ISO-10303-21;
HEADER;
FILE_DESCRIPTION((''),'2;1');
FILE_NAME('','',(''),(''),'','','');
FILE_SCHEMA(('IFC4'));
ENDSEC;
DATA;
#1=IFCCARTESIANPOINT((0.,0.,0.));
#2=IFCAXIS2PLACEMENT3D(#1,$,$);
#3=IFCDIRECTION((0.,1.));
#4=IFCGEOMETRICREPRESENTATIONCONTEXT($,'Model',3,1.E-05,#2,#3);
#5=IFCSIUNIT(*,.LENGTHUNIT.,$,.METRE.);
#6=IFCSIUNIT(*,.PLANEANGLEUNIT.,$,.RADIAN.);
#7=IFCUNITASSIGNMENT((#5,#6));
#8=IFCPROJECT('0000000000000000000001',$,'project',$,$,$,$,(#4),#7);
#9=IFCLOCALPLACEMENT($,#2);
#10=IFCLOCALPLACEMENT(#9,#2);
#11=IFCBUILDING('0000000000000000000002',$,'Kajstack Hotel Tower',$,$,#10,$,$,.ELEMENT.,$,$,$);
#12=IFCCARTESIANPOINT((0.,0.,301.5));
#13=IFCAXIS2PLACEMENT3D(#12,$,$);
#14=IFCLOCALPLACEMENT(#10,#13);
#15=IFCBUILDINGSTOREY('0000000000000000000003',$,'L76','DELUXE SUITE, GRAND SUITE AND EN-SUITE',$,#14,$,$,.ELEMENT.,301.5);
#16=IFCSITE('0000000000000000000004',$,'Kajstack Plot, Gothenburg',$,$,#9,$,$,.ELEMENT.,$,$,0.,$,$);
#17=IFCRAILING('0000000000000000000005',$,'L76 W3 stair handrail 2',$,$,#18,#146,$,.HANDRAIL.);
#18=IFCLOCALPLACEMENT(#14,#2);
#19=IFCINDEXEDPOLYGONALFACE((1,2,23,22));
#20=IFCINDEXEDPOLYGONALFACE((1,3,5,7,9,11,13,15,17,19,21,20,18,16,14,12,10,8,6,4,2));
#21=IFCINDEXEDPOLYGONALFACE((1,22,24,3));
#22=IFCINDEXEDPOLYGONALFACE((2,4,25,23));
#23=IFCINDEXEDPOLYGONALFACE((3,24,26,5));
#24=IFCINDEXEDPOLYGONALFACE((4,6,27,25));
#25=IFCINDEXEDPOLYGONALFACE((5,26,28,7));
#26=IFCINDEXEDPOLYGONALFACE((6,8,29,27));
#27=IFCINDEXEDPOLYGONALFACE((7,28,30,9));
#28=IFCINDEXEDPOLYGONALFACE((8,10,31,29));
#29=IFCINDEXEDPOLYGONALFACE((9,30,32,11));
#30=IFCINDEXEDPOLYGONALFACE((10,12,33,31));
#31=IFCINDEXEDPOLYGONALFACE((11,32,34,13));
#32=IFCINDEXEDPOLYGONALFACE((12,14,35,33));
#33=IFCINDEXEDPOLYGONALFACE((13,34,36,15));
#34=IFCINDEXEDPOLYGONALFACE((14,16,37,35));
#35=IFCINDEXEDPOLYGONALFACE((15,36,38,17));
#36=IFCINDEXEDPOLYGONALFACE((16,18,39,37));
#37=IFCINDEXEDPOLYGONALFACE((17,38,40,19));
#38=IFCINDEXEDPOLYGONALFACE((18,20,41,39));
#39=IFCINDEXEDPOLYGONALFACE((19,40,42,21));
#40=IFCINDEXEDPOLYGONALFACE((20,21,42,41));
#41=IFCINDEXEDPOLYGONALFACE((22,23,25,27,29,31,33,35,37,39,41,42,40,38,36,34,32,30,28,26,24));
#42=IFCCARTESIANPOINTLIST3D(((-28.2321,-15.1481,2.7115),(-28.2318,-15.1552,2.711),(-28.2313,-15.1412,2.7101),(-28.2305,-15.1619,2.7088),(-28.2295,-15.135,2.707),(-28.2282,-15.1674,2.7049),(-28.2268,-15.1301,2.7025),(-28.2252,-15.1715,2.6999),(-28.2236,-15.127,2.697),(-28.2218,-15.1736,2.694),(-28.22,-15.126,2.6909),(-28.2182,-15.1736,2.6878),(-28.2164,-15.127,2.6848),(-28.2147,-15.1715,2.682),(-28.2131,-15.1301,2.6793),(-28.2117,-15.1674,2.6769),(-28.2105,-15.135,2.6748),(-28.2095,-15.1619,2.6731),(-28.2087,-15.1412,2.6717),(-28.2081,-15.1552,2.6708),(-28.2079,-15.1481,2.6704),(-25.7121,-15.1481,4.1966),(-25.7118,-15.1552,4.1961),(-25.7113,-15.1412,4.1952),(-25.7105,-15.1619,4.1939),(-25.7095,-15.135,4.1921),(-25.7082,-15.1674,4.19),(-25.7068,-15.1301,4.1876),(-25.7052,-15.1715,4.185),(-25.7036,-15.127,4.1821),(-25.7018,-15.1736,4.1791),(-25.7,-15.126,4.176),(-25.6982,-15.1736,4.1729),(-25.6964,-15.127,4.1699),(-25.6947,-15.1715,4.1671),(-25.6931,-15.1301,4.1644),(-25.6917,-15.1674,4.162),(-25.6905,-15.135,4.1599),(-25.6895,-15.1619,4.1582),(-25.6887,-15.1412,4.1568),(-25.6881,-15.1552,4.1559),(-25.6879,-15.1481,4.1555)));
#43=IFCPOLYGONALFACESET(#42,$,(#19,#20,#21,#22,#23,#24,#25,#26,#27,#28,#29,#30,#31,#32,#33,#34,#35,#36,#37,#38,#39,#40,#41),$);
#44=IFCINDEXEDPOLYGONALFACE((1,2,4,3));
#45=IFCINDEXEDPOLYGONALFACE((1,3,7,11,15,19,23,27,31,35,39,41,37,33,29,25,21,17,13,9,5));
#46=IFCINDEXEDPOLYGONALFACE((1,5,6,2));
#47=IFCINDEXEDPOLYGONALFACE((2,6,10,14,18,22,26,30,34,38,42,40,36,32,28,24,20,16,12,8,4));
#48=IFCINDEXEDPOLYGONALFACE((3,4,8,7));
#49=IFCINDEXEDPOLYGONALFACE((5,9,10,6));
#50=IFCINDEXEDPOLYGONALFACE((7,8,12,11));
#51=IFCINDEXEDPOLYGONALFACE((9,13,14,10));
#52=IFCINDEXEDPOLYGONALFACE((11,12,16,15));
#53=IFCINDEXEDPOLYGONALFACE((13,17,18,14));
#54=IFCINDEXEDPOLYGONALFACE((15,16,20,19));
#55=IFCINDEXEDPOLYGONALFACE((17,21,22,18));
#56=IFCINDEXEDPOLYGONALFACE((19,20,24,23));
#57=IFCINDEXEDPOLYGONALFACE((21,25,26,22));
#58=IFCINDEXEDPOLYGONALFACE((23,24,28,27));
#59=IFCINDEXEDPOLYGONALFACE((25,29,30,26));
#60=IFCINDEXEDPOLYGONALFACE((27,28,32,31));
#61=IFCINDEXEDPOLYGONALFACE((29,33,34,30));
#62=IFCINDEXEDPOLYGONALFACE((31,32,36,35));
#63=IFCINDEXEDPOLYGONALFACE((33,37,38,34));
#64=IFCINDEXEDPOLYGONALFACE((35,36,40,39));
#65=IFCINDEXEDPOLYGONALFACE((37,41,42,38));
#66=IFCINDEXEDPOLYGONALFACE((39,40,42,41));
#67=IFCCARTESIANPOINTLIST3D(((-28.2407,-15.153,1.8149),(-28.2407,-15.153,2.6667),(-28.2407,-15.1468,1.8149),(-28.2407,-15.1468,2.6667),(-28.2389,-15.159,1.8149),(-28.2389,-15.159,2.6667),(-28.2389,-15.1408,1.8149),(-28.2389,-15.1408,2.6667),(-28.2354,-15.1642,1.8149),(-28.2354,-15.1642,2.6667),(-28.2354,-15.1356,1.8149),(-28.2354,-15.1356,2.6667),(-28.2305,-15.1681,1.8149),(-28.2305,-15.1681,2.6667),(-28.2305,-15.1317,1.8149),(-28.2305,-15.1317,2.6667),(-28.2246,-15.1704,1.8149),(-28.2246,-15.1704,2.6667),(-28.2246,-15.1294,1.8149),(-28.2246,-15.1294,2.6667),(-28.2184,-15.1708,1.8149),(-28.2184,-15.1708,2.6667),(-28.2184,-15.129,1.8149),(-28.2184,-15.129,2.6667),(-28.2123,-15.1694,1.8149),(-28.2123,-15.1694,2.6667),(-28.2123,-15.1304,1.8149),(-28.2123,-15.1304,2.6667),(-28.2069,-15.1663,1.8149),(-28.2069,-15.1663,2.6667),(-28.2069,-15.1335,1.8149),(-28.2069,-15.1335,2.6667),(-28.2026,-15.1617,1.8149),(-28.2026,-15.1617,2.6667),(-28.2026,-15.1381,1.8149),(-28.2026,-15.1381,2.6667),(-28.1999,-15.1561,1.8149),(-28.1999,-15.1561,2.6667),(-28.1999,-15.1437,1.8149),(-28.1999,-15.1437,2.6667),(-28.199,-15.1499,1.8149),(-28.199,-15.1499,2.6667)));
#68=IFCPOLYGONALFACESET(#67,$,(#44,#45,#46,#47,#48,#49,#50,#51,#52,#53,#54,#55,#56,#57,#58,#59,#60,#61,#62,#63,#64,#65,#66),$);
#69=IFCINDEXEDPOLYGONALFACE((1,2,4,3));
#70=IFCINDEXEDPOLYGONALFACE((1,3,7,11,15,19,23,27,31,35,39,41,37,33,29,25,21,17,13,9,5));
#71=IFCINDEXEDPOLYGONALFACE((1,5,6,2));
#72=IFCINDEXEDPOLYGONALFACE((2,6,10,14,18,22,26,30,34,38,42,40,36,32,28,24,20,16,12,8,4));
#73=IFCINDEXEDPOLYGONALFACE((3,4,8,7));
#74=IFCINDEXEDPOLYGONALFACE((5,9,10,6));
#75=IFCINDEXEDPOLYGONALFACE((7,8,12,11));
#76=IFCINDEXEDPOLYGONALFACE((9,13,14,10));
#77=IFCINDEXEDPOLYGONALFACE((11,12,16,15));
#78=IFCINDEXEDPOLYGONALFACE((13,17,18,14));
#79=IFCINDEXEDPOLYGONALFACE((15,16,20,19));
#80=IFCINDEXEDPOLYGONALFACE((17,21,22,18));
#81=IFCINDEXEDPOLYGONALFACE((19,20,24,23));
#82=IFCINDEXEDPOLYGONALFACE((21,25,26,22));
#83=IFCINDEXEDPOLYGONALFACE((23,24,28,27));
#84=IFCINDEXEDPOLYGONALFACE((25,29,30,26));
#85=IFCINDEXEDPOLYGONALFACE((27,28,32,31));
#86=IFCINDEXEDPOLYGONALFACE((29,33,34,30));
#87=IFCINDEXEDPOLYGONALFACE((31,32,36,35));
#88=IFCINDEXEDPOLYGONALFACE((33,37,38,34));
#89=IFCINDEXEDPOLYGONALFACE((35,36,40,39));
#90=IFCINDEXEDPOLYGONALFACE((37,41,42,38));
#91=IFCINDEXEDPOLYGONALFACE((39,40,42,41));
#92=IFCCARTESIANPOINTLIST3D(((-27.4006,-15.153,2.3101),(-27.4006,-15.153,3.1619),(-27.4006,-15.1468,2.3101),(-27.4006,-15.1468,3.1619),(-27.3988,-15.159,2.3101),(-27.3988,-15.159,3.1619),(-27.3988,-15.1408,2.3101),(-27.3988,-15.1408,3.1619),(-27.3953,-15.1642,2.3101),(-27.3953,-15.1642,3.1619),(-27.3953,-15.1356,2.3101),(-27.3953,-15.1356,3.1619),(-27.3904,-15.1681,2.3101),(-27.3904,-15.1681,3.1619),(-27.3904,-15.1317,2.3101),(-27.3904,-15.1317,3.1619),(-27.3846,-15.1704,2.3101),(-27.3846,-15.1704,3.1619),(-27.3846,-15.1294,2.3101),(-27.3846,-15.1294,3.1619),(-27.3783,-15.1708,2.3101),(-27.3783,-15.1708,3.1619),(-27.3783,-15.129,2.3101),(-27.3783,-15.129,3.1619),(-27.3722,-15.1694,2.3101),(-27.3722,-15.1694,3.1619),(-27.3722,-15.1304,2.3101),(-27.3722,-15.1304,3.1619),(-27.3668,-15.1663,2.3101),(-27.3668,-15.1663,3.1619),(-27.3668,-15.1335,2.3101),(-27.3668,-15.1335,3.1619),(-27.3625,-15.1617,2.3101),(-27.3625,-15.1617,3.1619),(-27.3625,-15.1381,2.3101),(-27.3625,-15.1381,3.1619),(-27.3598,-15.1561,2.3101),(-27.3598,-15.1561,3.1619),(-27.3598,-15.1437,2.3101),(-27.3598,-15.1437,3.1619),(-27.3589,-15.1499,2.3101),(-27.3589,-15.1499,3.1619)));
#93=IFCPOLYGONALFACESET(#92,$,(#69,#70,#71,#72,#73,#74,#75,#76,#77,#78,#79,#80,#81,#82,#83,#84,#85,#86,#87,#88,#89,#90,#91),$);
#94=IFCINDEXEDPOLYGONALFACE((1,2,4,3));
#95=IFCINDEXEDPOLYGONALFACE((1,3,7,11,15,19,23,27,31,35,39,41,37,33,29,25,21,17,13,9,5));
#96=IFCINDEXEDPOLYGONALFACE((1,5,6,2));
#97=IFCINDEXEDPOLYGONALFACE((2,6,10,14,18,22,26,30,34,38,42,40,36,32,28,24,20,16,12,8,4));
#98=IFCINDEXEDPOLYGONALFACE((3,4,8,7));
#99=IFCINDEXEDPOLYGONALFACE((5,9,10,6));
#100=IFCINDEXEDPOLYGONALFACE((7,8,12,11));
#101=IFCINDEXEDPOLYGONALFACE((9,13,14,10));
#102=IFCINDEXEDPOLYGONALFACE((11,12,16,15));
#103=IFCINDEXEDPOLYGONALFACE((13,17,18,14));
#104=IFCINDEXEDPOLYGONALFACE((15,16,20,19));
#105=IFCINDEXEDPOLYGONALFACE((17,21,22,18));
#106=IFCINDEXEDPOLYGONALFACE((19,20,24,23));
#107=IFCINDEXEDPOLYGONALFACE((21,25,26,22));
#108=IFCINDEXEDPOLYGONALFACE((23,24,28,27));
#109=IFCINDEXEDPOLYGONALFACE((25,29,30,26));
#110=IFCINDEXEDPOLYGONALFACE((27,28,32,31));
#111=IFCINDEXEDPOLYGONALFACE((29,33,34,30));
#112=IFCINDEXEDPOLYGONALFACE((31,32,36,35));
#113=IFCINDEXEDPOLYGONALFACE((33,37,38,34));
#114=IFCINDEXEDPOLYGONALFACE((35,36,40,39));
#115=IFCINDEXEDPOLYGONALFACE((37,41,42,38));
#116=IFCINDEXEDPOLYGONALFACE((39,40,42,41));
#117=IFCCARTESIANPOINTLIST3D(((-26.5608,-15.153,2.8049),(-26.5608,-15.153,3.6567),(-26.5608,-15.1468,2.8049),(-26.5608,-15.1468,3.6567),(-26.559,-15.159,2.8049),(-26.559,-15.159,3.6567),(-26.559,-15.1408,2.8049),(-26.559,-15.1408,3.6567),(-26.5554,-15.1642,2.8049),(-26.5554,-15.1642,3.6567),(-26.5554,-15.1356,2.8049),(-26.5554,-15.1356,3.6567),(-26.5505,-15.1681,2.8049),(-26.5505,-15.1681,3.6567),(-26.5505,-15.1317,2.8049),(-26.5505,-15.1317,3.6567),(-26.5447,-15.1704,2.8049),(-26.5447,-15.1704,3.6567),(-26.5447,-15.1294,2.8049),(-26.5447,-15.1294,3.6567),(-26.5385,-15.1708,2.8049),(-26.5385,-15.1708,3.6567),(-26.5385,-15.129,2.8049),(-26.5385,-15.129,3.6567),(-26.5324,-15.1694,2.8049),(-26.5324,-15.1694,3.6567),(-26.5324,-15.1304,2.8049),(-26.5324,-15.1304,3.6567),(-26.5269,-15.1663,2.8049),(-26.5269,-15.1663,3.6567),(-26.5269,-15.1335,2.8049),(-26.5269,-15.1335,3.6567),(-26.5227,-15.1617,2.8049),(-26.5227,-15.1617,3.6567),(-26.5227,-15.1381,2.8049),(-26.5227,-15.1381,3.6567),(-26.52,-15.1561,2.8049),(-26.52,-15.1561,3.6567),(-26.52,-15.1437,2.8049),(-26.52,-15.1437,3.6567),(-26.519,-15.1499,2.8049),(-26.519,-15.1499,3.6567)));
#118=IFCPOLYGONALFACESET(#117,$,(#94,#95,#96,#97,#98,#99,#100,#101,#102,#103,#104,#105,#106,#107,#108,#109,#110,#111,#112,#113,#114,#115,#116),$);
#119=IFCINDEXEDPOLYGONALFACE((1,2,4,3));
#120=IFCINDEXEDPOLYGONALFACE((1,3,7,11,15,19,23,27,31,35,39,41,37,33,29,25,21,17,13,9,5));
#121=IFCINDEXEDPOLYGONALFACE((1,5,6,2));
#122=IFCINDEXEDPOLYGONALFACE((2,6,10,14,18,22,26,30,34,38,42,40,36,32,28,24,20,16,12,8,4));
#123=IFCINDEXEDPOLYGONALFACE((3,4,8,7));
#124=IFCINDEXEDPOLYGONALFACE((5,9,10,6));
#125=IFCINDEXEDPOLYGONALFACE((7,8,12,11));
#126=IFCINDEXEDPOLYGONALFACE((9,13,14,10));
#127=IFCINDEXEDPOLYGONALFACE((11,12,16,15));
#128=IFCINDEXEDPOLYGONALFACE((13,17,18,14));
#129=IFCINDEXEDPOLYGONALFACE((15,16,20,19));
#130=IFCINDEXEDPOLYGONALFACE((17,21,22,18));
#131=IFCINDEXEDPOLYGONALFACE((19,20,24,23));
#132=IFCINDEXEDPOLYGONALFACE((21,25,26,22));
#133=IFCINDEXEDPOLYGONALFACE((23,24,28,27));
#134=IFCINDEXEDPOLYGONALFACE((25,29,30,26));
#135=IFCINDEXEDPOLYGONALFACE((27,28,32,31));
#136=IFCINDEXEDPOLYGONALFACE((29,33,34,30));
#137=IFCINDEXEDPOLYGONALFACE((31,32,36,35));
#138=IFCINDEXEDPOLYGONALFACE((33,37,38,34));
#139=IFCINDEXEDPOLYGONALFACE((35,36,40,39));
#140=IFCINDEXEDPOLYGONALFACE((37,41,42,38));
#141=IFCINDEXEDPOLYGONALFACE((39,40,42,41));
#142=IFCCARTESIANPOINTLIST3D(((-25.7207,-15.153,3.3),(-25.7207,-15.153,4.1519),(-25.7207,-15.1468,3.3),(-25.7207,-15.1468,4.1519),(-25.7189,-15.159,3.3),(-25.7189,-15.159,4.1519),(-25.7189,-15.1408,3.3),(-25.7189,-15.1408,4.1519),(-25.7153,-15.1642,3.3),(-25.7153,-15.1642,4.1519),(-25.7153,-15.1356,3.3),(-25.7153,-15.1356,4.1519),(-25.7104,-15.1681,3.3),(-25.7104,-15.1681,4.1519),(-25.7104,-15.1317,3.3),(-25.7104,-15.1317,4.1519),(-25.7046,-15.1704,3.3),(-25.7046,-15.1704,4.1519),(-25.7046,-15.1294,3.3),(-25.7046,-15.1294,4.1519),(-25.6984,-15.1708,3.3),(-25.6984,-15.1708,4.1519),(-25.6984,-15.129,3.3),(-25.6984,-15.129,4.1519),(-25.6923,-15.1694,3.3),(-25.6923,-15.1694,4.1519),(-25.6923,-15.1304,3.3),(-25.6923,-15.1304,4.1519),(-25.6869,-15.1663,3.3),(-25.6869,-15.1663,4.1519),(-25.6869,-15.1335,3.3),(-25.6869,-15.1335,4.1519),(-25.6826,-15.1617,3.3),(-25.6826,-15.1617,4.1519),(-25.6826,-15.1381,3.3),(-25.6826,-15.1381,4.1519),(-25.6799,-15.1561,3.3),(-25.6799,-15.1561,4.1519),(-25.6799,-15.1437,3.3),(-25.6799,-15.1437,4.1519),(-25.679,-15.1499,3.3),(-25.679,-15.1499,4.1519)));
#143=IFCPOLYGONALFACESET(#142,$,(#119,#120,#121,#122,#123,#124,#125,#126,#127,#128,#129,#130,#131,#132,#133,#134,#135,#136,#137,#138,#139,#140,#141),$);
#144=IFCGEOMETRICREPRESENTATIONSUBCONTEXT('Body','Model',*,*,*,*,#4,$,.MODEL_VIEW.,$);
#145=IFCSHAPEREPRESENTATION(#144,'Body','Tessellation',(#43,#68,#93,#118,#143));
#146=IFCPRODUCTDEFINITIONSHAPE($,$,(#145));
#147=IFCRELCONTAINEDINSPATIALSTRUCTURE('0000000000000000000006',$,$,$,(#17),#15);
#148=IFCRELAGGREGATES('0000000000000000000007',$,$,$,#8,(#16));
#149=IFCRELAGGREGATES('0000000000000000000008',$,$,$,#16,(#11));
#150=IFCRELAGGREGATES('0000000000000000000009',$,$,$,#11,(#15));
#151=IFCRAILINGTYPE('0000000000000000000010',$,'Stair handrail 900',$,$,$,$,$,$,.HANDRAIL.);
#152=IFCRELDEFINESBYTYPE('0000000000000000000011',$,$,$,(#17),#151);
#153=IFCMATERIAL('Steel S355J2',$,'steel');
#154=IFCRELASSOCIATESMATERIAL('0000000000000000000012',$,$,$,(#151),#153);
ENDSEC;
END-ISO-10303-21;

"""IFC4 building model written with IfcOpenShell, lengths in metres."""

from ifc_helpers import new_model, si_unit, direction, frame, origin, origin_2d, place, context, subcontext, project, spatial, circle, extrude, material, type_object, element, save


model = new_model("IFC4")

# Units and contexts
model_context = context("Model", 3, precision=1e-05, world=origin(), true_north=direction((0.0, 1.0)))
body_context = subcontext(model_context, "Body", "Model", "MODEL_VIEW")
ifc_project = project(units=[si_unit("LENGTHUNIT", "METRE"), si_unit("PLANEANGLEUNIT", "RADIAN")], contexts=[model_context])

# Site, building, storey
site_placement = place(None, origin())
site = spatial("IfcSite", under=ifc_project, at=site_placement, Name="Kajstack Plot, Gothenburg", CompositionType="ELEMENT", RefElevation=0.0)
building_placement = place(site_placement, origin())
building = spatial("IfcBuilding", under=site, at=building_placement, Name="Kajstack Hotel Tower", CompositionType="ELEMENT")
storey_placement = place(building_placement, frame((0.0, 0.0, 301.5)))
storey = spatial("IfcBuildingStorey", under=building, at=storey_placement, Name="L76", Description="DELUXE SUITE, GRAND SUITE AND EN-SUITE", CompositionType="ELEMENT", Elevation=301.5)

# Railing
ifc_material_1 = material(Name="Steel S355J2", Category="steel")
railing_type_1 = type_object("IfcRailingType", Name="Stair handrail 900", PredefinedType="HANDRAIL", material=ifc_material_1)
railing_1_placement = place(storey_placement, frame((-28.22, -15.1499, 1.8149)))
element("IfcRailing", 1, at=railing_1_placement, inside=storey, type_object=railing_type_1, Name="L76 W3 stair handrail 2", PredefinedType="HANDRAIL", context=body_context, shape_type="SweptSolid", body=[
    extrude(circle(Radius=0.0239, at=origin_2d()), frame((0.0, 0.0, 0.876), z_axis=(0.861524, 0.0, 0.507717), x_axis=(0.0, 1.0, 0.0)), (0.0, 0.0, 1.0), 2.925),
    extrude(circle(Radius=0.021, at=origin_2d()), origin(), (0.0, 0.0, 1.0), 0.8518),
    extrude(circle(Radius=0.021, at=origin_2d()), frame((0.8401, 0.0, 0.4951)), (0.0, 0.0, 1.0), 0.8518),
    extrude(circle(Radius=0.021, at=origin_2d()), frame((1.6799, 0.0, 0.99)), (0.0, 0.0, 1.0), 0.8518),
    extrude(circle(Radius=0.021, at=origin_2d()), frame((2.52, 0.0, 1.4851)), (0.0, 0.0, 1.0), 0.8518),
])

save(model, "model.ifc")
